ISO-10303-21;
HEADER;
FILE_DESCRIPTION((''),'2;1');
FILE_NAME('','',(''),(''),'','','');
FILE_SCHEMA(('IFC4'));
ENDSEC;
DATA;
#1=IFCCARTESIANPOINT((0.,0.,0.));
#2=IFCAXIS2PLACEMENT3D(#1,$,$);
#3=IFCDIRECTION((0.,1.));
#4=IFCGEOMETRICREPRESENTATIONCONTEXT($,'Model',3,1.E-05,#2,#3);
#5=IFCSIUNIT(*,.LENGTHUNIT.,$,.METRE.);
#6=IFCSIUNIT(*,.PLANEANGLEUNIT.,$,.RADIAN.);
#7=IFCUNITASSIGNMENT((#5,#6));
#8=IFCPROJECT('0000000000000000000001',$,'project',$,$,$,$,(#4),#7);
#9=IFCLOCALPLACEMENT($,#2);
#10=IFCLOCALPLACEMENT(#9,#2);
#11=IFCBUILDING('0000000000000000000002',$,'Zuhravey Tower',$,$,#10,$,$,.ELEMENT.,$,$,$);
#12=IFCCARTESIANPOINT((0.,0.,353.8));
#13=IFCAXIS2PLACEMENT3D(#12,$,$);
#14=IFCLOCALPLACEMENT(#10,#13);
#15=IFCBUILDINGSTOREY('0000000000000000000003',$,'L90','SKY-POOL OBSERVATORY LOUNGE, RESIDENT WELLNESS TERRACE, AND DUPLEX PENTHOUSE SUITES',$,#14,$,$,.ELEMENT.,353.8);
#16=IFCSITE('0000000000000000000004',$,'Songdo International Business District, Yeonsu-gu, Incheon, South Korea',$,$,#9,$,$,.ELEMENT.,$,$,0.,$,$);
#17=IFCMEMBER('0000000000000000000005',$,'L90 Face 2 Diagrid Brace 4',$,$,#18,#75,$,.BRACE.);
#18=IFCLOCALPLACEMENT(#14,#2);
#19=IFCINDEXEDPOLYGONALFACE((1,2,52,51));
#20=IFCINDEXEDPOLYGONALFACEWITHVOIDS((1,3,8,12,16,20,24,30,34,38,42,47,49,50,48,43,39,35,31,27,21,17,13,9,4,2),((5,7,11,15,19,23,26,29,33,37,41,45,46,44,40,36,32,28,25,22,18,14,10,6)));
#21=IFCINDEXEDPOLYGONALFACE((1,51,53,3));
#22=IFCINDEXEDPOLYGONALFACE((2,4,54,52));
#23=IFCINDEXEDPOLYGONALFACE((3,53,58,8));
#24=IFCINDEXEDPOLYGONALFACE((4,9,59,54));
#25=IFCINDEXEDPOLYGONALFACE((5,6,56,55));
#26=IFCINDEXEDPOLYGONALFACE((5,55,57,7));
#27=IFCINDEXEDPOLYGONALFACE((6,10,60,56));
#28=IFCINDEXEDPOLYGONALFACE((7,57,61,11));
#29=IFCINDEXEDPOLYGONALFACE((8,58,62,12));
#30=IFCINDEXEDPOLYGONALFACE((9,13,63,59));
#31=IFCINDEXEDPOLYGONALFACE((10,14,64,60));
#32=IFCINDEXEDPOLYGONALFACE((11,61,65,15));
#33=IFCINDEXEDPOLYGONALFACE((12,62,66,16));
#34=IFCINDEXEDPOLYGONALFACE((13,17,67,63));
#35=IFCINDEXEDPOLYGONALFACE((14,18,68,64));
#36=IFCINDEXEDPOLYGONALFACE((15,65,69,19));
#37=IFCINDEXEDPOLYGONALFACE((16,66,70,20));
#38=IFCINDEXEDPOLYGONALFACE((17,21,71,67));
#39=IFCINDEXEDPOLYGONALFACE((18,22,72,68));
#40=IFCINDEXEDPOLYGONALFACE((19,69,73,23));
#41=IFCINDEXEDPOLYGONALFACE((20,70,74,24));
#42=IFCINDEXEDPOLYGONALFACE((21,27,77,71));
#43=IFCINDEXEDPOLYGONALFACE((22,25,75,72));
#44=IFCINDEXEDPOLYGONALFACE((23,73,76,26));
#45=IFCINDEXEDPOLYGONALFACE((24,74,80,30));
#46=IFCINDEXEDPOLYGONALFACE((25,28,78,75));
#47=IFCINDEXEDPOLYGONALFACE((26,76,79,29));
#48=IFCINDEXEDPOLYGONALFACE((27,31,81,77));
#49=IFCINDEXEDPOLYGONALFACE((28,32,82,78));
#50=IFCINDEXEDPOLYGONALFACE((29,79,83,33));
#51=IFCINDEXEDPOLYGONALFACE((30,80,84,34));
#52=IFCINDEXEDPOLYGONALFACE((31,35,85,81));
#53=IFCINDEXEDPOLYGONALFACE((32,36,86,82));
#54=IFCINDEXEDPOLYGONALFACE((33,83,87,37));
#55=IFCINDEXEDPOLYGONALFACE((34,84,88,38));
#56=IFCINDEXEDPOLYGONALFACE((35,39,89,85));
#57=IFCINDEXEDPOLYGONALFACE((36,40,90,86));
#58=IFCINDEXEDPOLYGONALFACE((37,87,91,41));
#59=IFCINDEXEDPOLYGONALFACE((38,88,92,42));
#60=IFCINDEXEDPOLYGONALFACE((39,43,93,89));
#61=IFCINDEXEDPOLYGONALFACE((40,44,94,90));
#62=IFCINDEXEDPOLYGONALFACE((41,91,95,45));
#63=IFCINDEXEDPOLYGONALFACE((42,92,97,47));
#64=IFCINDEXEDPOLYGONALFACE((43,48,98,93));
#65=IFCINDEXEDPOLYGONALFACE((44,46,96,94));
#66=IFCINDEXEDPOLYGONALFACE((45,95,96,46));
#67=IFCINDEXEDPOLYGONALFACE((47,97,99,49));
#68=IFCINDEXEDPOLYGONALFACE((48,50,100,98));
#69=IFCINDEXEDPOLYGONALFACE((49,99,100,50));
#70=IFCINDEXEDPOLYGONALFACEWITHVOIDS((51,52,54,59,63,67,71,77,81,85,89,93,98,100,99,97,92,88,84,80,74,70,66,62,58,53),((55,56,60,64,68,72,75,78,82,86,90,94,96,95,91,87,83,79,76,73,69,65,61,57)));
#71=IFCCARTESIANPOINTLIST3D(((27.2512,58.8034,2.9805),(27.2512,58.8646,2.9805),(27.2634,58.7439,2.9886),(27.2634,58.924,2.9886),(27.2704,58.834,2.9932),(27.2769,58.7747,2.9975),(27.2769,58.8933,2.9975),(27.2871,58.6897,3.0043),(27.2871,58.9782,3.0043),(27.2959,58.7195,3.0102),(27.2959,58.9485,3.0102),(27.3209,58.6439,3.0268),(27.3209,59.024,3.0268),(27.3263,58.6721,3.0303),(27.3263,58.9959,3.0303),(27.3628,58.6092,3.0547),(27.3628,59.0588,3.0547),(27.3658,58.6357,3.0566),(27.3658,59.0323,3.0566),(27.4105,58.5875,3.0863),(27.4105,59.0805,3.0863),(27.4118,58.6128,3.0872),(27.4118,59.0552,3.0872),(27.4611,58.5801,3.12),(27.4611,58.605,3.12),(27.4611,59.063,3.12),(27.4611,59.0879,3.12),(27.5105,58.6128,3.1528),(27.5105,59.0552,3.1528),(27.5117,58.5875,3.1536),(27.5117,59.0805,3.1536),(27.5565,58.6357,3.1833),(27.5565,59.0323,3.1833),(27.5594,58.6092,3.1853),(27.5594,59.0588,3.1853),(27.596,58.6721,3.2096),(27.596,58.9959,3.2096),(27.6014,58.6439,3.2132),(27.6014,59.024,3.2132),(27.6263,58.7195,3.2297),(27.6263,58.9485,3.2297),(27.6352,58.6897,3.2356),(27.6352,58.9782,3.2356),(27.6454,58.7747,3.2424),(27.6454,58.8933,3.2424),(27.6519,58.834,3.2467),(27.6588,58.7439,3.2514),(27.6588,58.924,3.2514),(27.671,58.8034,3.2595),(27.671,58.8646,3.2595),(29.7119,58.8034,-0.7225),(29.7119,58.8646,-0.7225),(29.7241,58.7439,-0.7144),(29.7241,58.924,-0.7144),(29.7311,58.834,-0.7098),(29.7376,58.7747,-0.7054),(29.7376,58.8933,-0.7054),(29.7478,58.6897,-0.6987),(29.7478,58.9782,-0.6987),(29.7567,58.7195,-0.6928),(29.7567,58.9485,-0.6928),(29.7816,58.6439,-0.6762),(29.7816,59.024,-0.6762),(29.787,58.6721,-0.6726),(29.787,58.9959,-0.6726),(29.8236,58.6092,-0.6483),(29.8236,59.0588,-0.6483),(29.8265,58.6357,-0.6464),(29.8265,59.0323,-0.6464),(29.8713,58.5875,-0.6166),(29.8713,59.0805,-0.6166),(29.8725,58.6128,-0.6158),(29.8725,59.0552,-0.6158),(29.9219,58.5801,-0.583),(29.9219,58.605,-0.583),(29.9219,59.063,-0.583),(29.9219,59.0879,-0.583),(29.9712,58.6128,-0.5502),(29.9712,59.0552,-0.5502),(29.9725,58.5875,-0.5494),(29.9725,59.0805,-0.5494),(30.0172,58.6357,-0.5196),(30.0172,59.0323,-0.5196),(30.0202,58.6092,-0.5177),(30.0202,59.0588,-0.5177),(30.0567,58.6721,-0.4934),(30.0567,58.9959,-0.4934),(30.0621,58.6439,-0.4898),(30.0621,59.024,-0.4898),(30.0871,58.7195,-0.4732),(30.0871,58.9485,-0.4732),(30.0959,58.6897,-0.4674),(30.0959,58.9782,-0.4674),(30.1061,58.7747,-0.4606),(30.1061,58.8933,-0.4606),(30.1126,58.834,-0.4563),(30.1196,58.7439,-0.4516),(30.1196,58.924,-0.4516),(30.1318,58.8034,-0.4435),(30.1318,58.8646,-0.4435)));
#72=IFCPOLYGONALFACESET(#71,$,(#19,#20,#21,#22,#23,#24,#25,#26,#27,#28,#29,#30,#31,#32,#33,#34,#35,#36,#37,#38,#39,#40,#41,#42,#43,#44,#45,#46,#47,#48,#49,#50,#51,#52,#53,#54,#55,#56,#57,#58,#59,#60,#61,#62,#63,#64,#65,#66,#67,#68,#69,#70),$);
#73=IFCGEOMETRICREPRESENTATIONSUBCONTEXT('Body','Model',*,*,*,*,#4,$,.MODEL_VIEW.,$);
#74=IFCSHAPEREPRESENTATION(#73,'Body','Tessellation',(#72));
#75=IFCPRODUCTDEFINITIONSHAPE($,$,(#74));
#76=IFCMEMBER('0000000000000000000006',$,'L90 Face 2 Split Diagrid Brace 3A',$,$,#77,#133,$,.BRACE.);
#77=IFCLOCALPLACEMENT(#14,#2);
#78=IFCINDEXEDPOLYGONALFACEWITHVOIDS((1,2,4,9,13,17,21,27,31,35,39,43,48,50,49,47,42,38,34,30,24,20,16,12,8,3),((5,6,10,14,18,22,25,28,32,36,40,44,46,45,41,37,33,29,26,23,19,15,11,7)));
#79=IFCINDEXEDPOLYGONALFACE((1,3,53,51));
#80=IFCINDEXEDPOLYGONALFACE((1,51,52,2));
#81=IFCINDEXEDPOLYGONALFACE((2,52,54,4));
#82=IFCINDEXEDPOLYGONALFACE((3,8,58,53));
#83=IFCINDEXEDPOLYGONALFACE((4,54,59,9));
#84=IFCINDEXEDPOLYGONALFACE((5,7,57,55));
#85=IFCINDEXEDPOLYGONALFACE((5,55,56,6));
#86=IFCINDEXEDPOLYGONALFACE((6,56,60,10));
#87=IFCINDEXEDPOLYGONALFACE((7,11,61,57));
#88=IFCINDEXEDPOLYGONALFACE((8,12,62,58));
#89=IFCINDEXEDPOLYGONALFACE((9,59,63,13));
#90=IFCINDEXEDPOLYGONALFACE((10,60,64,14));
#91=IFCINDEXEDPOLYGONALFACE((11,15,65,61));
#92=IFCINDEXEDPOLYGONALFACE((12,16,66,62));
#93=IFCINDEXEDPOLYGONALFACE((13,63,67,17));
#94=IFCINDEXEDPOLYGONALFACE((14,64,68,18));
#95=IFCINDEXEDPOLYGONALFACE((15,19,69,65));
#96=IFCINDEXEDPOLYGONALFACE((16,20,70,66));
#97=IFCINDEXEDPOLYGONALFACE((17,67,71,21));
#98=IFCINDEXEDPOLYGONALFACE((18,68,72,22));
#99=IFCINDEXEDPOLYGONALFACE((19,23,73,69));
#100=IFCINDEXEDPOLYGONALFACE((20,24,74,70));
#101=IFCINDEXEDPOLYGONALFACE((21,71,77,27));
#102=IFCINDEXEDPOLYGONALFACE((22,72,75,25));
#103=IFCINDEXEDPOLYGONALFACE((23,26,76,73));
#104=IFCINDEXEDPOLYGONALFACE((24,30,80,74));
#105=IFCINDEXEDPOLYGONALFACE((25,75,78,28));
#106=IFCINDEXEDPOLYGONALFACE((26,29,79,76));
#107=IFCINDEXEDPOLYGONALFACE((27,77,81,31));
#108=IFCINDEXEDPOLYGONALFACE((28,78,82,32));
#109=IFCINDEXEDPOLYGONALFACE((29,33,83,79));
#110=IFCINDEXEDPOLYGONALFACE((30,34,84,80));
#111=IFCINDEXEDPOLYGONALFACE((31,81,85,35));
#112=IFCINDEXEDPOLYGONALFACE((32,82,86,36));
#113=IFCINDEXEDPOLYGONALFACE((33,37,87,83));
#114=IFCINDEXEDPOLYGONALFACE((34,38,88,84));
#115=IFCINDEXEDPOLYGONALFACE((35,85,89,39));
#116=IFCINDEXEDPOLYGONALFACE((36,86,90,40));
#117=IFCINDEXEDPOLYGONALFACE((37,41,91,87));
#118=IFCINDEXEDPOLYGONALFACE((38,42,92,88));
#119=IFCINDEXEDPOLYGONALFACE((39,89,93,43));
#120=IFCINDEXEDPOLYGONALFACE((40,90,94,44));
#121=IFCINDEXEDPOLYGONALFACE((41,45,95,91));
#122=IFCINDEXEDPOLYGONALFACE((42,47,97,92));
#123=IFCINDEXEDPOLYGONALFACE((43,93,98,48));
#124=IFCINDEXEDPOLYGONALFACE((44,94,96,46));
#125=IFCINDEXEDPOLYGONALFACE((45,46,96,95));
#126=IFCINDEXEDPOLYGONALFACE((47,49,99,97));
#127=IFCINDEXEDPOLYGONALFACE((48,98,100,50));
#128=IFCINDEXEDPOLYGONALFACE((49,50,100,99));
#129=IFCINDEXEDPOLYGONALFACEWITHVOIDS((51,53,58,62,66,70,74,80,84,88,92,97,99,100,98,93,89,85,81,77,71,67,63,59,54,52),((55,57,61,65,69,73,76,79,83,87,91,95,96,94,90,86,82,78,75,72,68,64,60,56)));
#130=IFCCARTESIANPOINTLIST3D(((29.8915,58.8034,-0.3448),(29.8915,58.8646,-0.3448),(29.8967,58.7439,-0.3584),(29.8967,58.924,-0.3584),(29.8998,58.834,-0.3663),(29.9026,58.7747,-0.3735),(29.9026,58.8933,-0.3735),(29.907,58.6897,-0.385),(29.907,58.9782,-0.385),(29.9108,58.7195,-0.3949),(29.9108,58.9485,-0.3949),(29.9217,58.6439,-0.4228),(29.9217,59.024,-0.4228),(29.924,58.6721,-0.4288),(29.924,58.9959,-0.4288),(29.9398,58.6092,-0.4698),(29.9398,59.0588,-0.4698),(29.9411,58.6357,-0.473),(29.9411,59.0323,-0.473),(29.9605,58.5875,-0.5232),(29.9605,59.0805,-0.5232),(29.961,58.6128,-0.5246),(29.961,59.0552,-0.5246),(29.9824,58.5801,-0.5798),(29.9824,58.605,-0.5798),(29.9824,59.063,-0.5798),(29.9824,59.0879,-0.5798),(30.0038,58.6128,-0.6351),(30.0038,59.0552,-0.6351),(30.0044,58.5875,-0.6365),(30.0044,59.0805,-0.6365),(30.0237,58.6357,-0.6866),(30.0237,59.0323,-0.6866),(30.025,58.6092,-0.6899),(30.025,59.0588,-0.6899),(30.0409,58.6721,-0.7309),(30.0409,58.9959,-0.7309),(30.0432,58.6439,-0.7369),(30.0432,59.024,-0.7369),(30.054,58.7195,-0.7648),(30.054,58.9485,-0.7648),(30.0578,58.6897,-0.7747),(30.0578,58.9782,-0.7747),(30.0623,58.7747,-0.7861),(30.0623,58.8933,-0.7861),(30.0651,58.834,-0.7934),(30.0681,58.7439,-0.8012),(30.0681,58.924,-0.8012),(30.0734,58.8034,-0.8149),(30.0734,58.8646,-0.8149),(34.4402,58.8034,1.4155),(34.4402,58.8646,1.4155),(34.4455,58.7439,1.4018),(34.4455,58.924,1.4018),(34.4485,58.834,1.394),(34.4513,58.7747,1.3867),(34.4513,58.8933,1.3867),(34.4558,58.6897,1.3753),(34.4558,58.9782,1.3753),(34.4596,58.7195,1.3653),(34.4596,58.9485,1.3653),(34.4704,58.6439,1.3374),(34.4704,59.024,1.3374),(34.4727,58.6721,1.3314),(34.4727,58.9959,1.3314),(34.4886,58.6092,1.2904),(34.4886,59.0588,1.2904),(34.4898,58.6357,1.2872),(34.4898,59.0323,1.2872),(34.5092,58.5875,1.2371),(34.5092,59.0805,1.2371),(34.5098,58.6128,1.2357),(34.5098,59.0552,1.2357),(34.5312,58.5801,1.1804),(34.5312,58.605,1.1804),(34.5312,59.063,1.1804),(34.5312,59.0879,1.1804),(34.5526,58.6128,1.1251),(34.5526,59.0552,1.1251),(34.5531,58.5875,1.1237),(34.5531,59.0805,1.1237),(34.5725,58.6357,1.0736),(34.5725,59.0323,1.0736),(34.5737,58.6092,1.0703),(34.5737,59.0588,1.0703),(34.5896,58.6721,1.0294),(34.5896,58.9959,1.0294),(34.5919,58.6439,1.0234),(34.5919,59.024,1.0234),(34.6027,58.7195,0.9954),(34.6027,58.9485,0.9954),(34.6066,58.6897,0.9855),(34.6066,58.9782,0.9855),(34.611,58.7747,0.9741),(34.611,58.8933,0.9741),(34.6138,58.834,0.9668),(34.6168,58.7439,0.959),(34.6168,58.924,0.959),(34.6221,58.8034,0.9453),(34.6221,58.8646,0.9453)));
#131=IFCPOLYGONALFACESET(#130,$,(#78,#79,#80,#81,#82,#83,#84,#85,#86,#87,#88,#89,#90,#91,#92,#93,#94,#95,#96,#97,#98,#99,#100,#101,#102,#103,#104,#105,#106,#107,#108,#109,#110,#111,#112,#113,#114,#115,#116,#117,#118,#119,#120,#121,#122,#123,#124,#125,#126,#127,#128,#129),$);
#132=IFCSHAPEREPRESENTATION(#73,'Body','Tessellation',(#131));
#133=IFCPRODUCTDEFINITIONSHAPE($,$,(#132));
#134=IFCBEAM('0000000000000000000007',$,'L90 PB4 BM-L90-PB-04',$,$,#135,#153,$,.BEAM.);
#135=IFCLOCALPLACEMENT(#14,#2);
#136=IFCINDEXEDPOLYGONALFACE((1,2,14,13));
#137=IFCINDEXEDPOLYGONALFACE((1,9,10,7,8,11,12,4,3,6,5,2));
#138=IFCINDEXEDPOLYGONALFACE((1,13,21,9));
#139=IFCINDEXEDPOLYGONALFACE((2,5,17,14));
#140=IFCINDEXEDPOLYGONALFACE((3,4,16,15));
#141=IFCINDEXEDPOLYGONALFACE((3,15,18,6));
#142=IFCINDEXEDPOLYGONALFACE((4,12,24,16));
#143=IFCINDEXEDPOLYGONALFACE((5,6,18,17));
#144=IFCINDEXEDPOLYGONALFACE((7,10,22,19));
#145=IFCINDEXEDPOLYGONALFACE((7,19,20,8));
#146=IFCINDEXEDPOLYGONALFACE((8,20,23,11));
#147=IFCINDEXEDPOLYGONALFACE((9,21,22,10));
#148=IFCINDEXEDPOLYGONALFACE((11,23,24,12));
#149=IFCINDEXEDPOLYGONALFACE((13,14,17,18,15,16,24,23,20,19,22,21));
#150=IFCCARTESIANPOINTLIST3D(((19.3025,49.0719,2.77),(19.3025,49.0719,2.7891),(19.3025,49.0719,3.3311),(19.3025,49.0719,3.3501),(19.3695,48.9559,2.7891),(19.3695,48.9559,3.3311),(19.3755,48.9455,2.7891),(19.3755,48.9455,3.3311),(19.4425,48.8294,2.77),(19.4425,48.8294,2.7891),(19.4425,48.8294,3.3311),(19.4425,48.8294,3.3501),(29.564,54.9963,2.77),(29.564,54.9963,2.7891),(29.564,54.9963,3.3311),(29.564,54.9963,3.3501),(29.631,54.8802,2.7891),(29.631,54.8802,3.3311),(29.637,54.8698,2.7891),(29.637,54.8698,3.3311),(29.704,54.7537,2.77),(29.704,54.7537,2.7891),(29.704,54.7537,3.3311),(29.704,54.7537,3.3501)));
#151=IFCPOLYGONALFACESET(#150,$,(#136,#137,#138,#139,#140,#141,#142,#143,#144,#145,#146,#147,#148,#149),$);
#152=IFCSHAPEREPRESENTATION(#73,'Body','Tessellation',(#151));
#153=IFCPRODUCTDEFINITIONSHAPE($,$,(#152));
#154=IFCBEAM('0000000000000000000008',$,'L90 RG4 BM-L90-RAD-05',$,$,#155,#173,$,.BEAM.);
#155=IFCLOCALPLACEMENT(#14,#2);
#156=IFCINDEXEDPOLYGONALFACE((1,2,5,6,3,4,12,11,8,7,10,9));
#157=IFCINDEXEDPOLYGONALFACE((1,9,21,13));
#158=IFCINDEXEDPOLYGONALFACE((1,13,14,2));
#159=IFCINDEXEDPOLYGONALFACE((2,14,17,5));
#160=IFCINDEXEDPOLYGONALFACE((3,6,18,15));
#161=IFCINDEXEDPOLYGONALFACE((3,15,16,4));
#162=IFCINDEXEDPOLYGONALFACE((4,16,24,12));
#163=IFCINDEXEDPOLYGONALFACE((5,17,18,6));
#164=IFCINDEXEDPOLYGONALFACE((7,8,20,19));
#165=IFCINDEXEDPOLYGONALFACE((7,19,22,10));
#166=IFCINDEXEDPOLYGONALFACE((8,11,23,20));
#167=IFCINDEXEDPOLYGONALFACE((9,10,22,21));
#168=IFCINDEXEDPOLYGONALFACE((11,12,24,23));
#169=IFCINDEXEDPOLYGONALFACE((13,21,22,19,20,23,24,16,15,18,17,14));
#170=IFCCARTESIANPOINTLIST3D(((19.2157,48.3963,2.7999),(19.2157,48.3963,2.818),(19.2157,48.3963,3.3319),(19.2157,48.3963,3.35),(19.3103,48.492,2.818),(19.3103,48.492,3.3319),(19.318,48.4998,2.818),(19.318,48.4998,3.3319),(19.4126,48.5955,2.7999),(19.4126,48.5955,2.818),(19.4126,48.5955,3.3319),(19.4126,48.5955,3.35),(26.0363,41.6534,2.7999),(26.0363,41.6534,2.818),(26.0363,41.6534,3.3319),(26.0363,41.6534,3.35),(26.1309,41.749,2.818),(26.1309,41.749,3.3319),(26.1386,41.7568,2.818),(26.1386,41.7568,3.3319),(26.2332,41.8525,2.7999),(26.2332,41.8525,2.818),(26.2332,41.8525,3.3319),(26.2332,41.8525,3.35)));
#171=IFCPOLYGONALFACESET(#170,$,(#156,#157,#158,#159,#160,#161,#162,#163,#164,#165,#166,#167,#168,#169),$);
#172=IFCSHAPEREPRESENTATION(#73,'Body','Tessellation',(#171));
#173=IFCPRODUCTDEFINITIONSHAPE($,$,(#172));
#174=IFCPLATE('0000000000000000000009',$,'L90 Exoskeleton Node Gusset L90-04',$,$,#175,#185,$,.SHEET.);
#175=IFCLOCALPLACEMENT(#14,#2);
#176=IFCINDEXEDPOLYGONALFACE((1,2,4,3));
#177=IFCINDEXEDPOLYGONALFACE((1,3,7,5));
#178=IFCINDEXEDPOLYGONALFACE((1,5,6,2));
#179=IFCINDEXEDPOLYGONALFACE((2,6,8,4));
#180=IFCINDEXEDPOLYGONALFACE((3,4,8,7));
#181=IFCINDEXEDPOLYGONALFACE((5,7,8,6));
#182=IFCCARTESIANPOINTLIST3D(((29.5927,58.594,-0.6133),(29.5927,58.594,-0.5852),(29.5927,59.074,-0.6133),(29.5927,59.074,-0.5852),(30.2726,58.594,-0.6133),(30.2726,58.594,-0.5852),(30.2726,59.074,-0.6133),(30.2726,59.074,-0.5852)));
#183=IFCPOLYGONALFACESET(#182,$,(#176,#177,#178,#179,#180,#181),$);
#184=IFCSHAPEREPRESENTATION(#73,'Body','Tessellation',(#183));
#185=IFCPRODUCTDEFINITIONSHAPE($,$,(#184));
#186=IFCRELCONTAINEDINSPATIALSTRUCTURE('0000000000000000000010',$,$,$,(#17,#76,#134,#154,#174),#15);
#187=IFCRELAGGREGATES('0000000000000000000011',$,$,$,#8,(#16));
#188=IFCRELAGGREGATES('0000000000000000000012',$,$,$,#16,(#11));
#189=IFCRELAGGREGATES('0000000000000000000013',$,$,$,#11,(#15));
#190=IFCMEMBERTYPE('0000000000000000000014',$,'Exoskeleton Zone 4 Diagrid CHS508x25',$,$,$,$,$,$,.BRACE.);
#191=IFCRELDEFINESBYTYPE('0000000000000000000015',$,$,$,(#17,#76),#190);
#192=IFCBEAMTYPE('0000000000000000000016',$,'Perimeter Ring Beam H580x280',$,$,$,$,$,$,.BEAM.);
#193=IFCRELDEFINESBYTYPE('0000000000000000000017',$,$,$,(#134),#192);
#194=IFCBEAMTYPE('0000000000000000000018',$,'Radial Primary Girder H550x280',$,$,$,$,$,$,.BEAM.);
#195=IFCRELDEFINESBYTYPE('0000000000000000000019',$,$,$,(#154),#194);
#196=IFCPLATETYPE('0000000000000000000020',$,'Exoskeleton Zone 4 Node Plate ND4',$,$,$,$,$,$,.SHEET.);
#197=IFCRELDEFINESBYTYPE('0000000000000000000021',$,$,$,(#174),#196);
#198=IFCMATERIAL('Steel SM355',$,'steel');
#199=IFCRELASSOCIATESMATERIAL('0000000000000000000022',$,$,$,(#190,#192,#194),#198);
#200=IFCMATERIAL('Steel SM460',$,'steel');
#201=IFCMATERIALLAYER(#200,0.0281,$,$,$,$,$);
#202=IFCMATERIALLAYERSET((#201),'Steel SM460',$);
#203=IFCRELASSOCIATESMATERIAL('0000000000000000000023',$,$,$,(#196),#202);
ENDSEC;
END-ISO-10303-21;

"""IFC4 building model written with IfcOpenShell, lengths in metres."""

from ifc_helpers import new_model, si_unit, direction, frame, origin, origin_2d, place, context, subcontext, project, spatial, rectangle, hollow_circle, i_section, extrude, material, layer, layer_set, material_profile, profile_set, type_object, element, save


model = new_model("IFC4")

# Units and contexts
model_context = context("Model", 3, precision=1e-05, world=origin(), true_north=direction((0.0, 1.0)))
body_context = subcontext(model_context, "Body", "Model", "MODEL_VIEW")
ifc_project = project(units=[si_unit("LENGTHUNIT", "METRE"), si_unit("PLANEANGLEUNIT", "RADIAN")], contexts=[model_context])

# Site, building, storey
site_placement = place(None, origin())
site = spatial("IfcSite", under=ifc_project, at=site_placement, Name="Songdo International Business District, Yeonsu-gu, Incheon, South Korea", CompositionType="ELEMENT", RefElevation=0.0)
building_placement = place(site_placement, origin())
building = spatial("IfcBuilding", under=site, at=building_placement, Name="Zuhravey Tower", CompositionType="ELEMENT")
storey_placement = place(building_placement, frame((0.0, 0.0, 353.8)))
storey = spatial("IfcBuildingStorey", under=building, at=storey_placement, Name="L90", Description="SKY-POOL OBSERVATORY LOUNGE, RESIDENT WELLNESS TERRACE, AND DUPLEX PENTHOUSE SUITES", CompositionType="ELEMENT", Elevation=353.8)

# Shared definitions
ifc_material_1 = material(Name="Steel SM460", Category="steel")

# Members
ifc_material_2 = material(Name="Steel SM355", Category="steel")
ifc_material_profile_1 = material_profile(ifc_material_2, hollow_circle(Radius=0.2539, WallThickness=0.0249, at=origin_2d()), Name="CHS-508.0x25")
ifc_profile_set_1 = profile_set([ifc_material_profile_1], Name="Steel SM355")
member_type_1 = type_object("IfcMemberType", Name="Exoskeleton Zone 4 Diagrid CHS508x25", PredefinedType="BRACE", material=ifc_profile_set_1)
member_1_placement = place(storey_placement, frame((29.9219, 58.834, -0.583), z_axis=(-0.55347, 0.0, 0.832869), x_axis=(0.0, -1.0, 0.0)))
element("IfcMember", 1, at=member_1_placement, inside=storey, type_object=member_type_1, Name="L90 Face 2 Diagrid Brace 4", PredefinedType="BRACE", context=body_context, shape_type="SweptSolid", body=[
    extrude(hollow_circle(Radius=0.2539, WallThickness=0.0249, at=origin_2d()), origin(), (0.0, 0.0, 1.0), 4.446),
])
member_2_placement = place(storey_placement, frame((29.9824, 58.834, -0.5798), z_axis=(0.932608, 0.0, 0.36089), x_axis=(0.0, 1.0, 0.0)))
element("IfcMember", 2, at=member_2_placement, inside=storey, type_object=member_type_1, Name="L90 Face 2 Split Diagrid Brace 3A", PredefinedType="BRACE", context=body_context, shape_type="SweptSolid", body=[
    extrude(hollow_circle(Radius=0.2539, WallThickness=0.0249, at=origin_2d()), origin(), (0.0, 0.0, 1.0), 4.8774),
])

# Beams
ifc_material_profile_2 = material_profile(ifc_material_2, i_section(OverallWidth=0.28, OverallDepth=0.5801, WebThickness=0.012, FlangeThickness=0.019, at=origin_2d()), Name="H-580x280x12x19")
ifc_profile_set_2 = profile_set([ifc_material_profile_2], Name="Steel SM355")
beam_type_1 = type_object("IfcBeamType", Name="Perimeter Ring Beam H580x280", PredefinedType="BEAM", material=ifc_profile_set_2)
beam_1_placement = place(storey_placement, frame((29.634, 54.875, 3.0601), z_axis=(-0.866031, -0.499991, 0.0), x_axis=(0.499991, -0.866031, 0.0)))
element("IfcBeam", 3, at=beam_1_placement, inside=storey, type_object=beam_type_1, Name="L90 PB4 BM-L90-PB-04", PredefinedType="BEAM", context=body_context, shape_type="SweptSolid", body=[
    extrude(i_section(OverallWidth=0.28, OverallDepth=0.5801, WebThickness=0.012, FlangeThickness=0.019, at=origin_2d()), origin(), (0.0, 0.0, 1.0), 11.8489),
])
ifc_material_profile_3 = material_profile(ifc_material_2, i_section(OverallWidth=0.28, OverallDepth=0.55, WebThickness=0.011, FlangeThickness=0.0181, at=origin_2d()), Name="H-550x280x11x18")
ifc_profile_set_3 = profile_set([ifc_material_profile_3], Name="Steel SM355")
beam_type_2 = type_object("IfcBeamType", Name="Radial Primary Girder H550x280", PredefinedType="BEAM", material=ifc_profile_set_3)
beam_2_placement = place(storey_placement, frame((26.1348, 41.7529, 3.075), z_axis=(-0.711143, 0.703048, 0.0), x_axis=(-0.703048, -0.711143, 0.0)))
element("IfcBeam", 4, at=beam_2_placement, inside=storey, type_object=beam_type_2, Name="L90 RG4 BM-L90-RAD-05", PredefinedType="BEAM", context=body_context, shape_type="SweptSolid", body=[
    extrude(i_section(OverallWidth=0.28, OverallDepth=0.55, WebThickness=0.011, FlangeThickness=0.0181, at=origin_2d()), origin(), (0.0, 0.0, 1.0), 9.5911),
])

# Plate
ifc_layer_1 = layer(ifc_material_1, 0.0281)
ifc_layer_set_1 = layer_set([ifc_layer_1], Name="Steel SM460")
plate_type_1 = type_object("IfcPlateType", Name="Exoskeleton Zone 4 Node Plate ND4", PredefinedType="SHEET", material=ifc_layer_set_1)
plate_1_placement = place(storey_placement, frame((29.9326, 58.834, -0.6133), z_axis=(0.0, 0.0, 1.0), x_axis=(-1.0, 0.0, 0.0)))
element("IfcPlate", 5, at=plate_1_placement, inside=storey, type_object=plate_type_1, Name="L90 Exoskeleton Node Gusset L90-04", PredefinedType="SHEET", context=body_context, shape_type="SweptSolid", body=[
    extrude(rectangle(XDim=0.6799, YDim=0.48, at=origin_2d()), origin(), (0.0, 0.0, 1.0), 0.0281),
])

save(model, "model.ifc")
